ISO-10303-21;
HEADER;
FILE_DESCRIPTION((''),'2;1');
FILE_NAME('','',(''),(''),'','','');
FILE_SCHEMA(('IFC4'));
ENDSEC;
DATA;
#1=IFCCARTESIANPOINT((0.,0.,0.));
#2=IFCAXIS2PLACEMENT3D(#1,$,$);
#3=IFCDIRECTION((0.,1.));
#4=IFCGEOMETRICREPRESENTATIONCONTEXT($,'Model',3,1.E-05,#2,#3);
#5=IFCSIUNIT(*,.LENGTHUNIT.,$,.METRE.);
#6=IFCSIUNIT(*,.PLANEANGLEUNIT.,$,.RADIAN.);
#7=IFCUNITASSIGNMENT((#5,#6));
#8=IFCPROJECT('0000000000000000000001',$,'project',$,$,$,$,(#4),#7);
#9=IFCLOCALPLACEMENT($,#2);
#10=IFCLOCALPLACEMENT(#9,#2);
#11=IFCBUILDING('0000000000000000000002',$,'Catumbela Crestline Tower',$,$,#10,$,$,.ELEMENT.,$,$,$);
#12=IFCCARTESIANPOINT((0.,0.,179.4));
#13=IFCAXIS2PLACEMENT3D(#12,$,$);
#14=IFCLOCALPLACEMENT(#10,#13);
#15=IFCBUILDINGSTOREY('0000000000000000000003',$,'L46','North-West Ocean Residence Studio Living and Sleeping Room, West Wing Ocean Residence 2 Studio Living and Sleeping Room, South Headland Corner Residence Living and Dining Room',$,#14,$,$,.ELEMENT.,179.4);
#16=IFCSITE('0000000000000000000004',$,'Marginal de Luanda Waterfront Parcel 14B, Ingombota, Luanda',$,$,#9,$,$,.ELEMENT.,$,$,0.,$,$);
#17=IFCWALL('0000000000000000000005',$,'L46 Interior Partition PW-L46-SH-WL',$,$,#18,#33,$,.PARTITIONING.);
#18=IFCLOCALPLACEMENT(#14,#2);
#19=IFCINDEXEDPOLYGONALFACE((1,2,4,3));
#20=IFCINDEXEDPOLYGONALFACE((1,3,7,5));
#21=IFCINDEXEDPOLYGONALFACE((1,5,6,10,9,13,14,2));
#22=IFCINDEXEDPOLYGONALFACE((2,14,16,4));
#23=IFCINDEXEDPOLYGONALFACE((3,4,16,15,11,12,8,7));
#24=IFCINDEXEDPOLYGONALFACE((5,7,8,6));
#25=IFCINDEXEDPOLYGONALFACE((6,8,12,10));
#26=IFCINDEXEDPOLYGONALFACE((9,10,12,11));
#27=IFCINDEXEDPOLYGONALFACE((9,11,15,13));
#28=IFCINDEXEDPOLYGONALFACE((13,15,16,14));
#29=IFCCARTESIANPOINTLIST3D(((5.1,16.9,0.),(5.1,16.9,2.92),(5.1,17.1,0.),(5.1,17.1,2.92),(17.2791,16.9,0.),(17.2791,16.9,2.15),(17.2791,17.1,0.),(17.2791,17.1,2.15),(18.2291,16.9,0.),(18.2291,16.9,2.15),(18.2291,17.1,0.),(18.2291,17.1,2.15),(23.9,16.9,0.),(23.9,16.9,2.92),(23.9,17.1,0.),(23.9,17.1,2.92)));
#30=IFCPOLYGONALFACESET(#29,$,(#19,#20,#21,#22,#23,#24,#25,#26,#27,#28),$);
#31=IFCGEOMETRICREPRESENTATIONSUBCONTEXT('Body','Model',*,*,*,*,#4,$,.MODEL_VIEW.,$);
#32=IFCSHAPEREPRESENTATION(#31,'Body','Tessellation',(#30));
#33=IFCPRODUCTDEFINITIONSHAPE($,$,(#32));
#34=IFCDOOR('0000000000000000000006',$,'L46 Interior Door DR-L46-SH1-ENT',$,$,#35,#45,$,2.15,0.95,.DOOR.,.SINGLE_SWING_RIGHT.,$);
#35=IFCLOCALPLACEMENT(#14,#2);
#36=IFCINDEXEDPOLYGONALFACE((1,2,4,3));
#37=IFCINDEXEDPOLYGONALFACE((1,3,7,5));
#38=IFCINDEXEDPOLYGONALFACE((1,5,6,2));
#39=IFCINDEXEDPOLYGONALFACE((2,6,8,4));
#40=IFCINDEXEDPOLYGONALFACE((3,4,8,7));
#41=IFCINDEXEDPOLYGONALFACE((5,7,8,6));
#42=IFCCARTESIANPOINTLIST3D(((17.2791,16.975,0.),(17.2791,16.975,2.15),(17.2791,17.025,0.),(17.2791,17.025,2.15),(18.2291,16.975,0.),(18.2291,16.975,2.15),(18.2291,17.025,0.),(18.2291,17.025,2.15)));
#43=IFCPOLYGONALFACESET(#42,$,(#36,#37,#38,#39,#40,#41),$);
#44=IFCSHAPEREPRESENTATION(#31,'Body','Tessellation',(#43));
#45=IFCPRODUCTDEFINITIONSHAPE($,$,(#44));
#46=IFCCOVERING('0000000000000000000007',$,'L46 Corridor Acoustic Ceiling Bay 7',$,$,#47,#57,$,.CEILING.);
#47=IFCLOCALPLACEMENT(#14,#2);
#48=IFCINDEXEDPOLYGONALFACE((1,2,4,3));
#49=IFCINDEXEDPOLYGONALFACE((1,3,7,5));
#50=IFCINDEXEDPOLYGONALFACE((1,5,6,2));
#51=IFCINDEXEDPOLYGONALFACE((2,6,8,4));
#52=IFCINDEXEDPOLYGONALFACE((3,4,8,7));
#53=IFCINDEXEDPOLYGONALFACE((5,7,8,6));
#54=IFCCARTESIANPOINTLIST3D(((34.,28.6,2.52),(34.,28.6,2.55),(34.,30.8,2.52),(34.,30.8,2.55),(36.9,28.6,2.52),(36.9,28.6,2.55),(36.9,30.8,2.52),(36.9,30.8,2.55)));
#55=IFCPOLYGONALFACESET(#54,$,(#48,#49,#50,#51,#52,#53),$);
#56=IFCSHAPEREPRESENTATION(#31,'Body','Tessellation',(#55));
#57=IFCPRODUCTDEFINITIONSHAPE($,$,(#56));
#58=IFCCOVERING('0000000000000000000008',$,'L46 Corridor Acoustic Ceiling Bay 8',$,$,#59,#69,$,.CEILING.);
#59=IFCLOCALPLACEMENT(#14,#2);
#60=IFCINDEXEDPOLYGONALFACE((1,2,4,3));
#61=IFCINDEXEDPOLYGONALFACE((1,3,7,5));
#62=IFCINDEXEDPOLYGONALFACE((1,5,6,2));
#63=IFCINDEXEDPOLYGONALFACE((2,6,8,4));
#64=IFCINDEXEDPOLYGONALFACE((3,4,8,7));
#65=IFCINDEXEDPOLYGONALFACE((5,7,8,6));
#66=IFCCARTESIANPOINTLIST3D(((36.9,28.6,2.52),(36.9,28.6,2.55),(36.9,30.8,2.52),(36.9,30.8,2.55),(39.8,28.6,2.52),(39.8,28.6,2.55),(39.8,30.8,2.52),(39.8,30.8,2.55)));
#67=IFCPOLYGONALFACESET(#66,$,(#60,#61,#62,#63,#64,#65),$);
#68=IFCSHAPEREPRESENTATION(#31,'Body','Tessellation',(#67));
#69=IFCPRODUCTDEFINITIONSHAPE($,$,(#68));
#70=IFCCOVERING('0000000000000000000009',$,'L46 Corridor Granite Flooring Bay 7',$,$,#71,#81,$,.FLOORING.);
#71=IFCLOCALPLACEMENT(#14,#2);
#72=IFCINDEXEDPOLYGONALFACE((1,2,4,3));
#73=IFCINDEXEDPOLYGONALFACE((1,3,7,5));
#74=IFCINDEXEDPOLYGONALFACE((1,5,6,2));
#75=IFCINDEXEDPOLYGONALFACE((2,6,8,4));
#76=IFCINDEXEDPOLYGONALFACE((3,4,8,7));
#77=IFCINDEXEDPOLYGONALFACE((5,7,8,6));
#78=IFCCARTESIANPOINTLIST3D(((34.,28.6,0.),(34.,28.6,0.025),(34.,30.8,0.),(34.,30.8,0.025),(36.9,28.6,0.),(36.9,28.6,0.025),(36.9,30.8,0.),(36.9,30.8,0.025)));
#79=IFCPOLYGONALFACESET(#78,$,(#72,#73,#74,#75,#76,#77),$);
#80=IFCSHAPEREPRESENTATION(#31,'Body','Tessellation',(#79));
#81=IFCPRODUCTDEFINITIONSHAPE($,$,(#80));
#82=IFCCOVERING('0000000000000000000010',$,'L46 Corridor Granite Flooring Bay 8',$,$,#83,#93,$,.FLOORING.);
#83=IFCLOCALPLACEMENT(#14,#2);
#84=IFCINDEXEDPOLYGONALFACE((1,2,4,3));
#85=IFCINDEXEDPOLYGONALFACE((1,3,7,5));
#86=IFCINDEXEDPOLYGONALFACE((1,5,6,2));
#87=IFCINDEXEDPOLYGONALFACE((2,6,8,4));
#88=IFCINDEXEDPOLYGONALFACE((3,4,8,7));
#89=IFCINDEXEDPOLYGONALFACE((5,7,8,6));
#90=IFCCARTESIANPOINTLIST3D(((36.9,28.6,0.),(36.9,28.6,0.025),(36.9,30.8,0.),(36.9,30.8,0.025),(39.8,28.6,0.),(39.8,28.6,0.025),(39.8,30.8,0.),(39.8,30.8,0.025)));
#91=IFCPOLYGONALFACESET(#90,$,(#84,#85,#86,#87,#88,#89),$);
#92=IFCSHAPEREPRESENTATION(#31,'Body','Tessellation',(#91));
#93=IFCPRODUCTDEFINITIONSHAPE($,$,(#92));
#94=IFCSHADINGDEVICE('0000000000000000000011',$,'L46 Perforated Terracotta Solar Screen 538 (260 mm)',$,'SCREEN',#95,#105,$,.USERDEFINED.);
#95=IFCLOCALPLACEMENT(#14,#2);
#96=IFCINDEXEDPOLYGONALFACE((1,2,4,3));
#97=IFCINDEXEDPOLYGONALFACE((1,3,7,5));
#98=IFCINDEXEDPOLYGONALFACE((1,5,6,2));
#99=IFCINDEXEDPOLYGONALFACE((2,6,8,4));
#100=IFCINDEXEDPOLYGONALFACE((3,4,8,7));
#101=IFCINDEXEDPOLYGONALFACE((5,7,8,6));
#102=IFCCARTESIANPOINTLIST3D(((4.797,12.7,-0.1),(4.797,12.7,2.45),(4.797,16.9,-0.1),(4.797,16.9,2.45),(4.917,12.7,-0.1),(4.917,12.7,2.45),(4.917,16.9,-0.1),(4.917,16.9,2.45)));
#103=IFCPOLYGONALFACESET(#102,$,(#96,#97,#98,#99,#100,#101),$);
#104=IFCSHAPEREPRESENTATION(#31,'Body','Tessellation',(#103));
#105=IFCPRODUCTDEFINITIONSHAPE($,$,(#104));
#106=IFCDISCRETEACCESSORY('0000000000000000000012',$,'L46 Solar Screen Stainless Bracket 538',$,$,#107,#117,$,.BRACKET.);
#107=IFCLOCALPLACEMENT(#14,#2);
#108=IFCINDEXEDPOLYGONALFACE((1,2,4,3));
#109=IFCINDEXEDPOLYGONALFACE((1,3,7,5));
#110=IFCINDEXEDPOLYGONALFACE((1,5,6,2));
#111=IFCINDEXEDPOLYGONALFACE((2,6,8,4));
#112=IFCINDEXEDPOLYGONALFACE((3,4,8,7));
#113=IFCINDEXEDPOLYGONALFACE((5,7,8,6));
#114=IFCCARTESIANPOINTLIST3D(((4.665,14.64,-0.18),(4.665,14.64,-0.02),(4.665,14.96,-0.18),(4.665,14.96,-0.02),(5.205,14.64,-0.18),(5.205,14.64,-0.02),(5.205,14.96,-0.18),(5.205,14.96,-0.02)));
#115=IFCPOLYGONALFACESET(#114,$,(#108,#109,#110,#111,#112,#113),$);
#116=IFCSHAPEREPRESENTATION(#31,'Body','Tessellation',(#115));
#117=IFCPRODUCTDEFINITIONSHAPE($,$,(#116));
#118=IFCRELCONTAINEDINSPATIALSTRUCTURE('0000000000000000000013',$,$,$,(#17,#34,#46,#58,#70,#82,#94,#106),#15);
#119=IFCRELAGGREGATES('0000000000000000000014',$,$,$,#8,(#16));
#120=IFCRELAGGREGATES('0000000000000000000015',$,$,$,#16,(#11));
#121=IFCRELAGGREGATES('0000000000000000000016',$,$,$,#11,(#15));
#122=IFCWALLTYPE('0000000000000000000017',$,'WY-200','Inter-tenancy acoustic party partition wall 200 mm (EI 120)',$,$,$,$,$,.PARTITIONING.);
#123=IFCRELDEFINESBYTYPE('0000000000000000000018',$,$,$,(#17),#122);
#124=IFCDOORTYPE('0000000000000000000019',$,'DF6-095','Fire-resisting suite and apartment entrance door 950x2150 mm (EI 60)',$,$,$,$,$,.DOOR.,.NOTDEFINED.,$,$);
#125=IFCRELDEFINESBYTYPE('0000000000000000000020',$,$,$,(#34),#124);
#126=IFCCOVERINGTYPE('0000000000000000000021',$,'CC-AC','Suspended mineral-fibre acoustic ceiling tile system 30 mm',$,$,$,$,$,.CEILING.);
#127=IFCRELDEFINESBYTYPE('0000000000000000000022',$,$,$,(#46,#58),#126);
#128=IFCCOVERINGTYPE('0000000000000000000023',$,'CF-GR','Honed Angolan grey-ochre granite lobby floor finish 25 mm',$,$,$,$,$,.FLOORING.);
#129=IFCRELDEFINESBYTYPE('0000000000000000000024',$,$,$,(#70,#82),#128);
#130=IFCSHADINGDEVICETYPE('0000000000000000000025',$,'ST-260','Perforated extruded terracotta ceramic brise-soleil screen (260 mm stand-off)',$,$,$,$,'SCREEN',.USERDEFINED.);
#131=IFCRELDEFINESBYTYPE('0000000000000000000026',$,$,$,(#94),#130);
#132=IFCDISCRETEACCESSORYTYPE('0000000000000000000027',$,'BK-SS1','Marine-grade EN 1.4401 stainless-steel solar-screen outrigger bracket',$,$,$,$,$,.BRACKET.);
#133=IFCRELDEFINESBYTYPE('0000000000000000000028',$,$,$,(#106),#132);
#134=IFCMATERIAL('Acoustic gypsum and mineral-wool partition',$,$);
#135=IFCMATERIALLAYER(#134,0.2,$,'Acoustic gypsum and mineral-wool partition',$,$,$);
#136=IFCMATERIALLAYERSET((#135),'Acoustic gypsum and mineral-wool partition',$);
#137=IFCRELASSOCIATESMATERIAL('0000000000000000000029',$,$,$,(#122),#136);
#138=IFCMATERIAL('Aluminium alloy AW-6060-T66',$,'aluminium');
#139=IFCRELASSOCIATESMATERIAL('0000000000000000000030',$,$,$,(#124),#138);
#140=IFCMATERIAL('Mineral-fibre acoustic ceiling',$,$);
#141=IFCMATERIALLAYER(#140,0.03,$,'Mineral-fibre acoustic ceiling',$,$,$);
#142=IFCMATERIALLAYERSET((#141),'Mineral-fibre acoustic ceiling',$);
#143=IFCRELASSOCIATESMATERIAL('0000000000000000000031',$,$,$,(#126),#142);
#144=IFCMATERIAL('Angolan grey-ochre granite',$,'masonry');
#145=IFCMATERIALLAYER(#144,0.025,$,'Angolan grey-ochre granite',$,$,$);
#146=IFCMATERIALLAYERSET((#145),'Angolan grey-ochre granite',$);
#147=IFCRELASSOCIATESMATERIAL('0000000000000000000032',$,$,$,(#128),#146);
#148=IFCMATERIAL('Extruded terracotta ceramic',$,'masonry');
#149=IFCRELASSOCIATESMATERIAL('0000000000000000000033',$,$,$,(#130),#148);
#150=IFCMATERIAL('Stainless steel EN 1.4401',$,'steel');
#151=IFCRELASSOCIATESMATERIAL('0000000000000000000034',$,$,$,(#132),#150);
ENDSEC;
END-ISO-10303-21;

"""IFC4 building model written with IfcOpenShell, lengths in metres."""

from ifc_helpers import new_model, si_unit, direction, frame, frame_2d, origin, origin_2d, place, context, subcontext, project, spatial, polyline, rectangle, outline, extrude, material, layer, layer_set, type_object, element, fill, save


model = new_model("IFC4")

# Units and contexts
model_context = context("Model", 3, precision=1e-05, world=origin(), true_north=direction((0.0, 1.0)))
body_context = subcontext(model_context, "Body", "Model", "MODEL_VIEW")
ifc_project = project(units=[si_unit("LENGTHUNIT", "METRE"), si_unit("PLANEANGLEUNIT", "RADIAN")], contexts=[model_context])

# Site, building, storey
site_placement = place(None, origin())
site = spatial("IfcSite", under=ifc_project, at=site_placement, Name="Marginal de Luanda Waterfront Parcel 14B, Ingombota, Luanda", CompositionType="ELEMENT", RefElevation=0.0)
building_placement = place(site_placement, origin())
building = spatial("IfcBuilding", under=site, at=building_placement, Name="Catumbela Crestline Tower", CompositionType="ELEMENT")
storey_placement = place(building_placement, frame((0.0, 0.0, 179.4)))
storey = spatial("IfcBuildingStorey", under=building, at=storey_placement, Name="L46", Description="North-West Ocean Residence Studio Living and Sleeping Room, West Wing Ocean Residence 2 Studio Living and Sleeping Room, South Headland Corner Residence Living and Dining Room", CompositionType="ELEMENT", Elevation=179.4)

# Shared definitions
ifc_material_1 = material(Name="Aluminium alloy AW-6060-T66", Category="aluminium")

# Shared definitions
ifc_material_2 = material(Name="Angolan grey-ochre granite", Category="masonry")

# Shared definitions
ifc_material_3 = material(Name="Acoustic gypsum and mineral-wool partition")

# Wall, opening, door
ifc_layer_1 = layer(ifc_material_3, 0.2, Name="Acoustic gypsum and mineral-wool partition")
ifc_layer_set_1 = layer_set([ifc_layer_1], Name="Acoustic gypsum and mineral-wool partition")
wall_type_1 = type_object("IfcWallType", Name="WY-200", Description="Inter-tenancy acoustic party partition wall 200 mm (EI 120)", PredefinedType="PARTITIONING", material=ifc_layer_set_1)
wall_1_placement = place(storey_placement, frame((5.1, 17.0, 0.0), z_axis=(0.0, 0.0, 1.0), x_axis=(1.0, 0.0, 0.0)))
wall_1 = element("IfcWall", 1, at=wall_1_placement, inside=storey, type_object=wall_type_1, Name="L46 Interior Partition PW-L46-SH-WL", PredefinedType="PARTITIONING", context=body_context, shape_type="SweptSolid", body=[
    extrude(rectangle(XDim=18.8, YDim=0.2, at=frame_2d((9.4, 0.0))), origin(), (0.0, 0.0, 1.0), 2.92),
])
opening_1_placement = place(wall_1_placement, frame((12.1791, 0.0, 0.0)))
opening_1 = element("IfcOpeningElement", 2, at=opening_1_placement, cuts=wall_1, PredefinedType="OPENING", context=body_context, shape_type="SweptSolid", body=[
    extrude(rectangle(XDim=0.95, YDim=2.15, at=frame_2d((0.475, 1.075))), frame((0.0, 0.11, 0.0), z_axis=(0.0, -1.0, 0.0), x_axis=(1.0, 0.0, 0.0)), (0.0, 0.0, 1.0), 0.22),
])
door_type_1 = type_object("IfcDoorType", Name="DF6-095", Description="Fire-resisting suite and apartment entrance door 950x2150 mm (EI 60)", OperationType="NOTDEFINED", PredefinedType="DOOR", material=ifc_material_1)
door_1_placement = place(opening_1_placement, origin())
door_1 = element("IfcDoor", 3, at=door_1_placement, inside=storey, type_object=door_type_1, Name="L46 Interior Door DR-L46-SH1-ENT", OperationType="SINGLE_SWING_RIGHT", OverallHeight=2.15, OverallWidth=0.95, PredefinedType="DOOR", context=body_context, shape_type="SweptSolid", body=[
    extrude(rectangle(XDim=0.95, YDim=2.15, at=frame_2d((0.475, 1.075))), frame((0.0, 0.025, 0.0), z_axis=(0.0, -1.0, 0.0), x_axis=(1.0, 0.0, 0.0)), (0.0, 0.0, 1.0), 0.05),
])
fill(opening_1, door_1)

# Coverings
ifc_material_4 = material(Name="Mineral-fibre acoustic ceiling")
ifc_layer_2 = layer(ifc_material_4, 0.03, Name="Mineral-fibre acoustic ceiling")
ifc_layer_set_2 = layer_set([ifc_layer_2], Name="Mineral-fibre acoustic ceiling")
covering_type_1 = type_object("IfcCoveringType", Name="CC-AC", Description="Suspended mineral-fibre acoustic ceiling tile system 30 mm", PredefinedType="CEILING", material=ifc_layer_set_2)
covering_1_placement = place(storey_placement, frame((0.0, 0.0, 2.52)))
element("IfcCovering", 4, at=covering_1_placement, inside=storey, type_object=covering_type_1, Name="L46 Corridor Acoustic Ceiling Bay 7", PredefinedType="CEILING", context=body_context, shape_type="SweptSolid", body=[
    extrude(outline(polyline([(34.0, 28.6), (36.9, 28.6), (36.9, 30.8), (34.0, 30.8), (34.0, 28.6)])), origin(), (0.0, 0.0, 1.0), 0.03),
])
covering_2_placement = place(storey_placement, frame((0.0, 0.0, 2.52)))
element("IfcCovering", 5, at=covering_2_placement, inside=storey, type_object=covering_type_1, Name="L46 Corridor Acoustic Ceiling Bay 8", PredefinedType="CEILING", context=body_context, shape_type="SweptSolid", body=[
    extrude(outline(polyline([(36.9, 28.6), (39.8, 28.6), (39.8, 30.8), (36.9, 30.8), (36.9, 28.6)])), origin(), (0.0, 0.0, 1.0), 0.03),
])
ifc_layer_3 = layer(ifc_material_2, 0.025, Name="Angolan grey-ochre granite")
ifc_layer_set_3 = layer_set([ifc_layer_3], Name="Angolan grey-ochre granite")
covering_type_2 = type_object("IfcCoveringType", Name="CF-GR", Description="Honed Angolan grey-ochre granite lobby floor finish 25 mm", PredefinedType="FLOORING", material=ifc_layer_set_3)
covering_3_placement = place(storey_placement, origin())
element("IfcCovering", 6, at=covering_3_placement, inside=storey, type_object=covering_type_2, Name="L46 Corridor Granite Flooring Bay 7", PredefinedType="FLOORING", context=body_context, shape_type="SweptSolid", body=[
    extrude(outline(polyline([(34.0, 28.6), (36.9, 28.6), (36.9, 30.8), (34.0, 30.8), (34.0, 28.6)])), origin(), (0.0, 0.0, 1.0), 0.025),
])
covering_4_placement = place(storey_placement, origin())
element("IfcCovering", 7, at=covering_4_placement, inside=storey, type_object=covering_type_2, Name="L46 Corridor Granite Flooring Bay 8", PredefinedType="FLOORING", context=body_context, shape_type="SweptSolid", body=[
    extrude(outline(polyline([(36.9, 28.6), (39.8, 28.6), (39.8, 30.8), (36.9, 30.8), (36.9, 28.6)])), origin(), (0.0, 0.0, 1.0), 0.025),
])

# Shading device
ifc_material_5 = material(Name="Extruded terracotta ceramic", Category="masonry")
shading_device_type = type_object("IfcShadingDeviceType", Name="ST-260", Description="Perforated extruded terracotta ceramic brise-soleil screen (260 mm stand-off)", ElementType="SCREEN", PredefinedType="USERDEFINED", material=ifc_material_5)
shading_device_placement = place(storey_placement, frame((4.857, 14.8, -0.1), z_axis=(0.0, 0.0, 1.0), x_axis=(0.0, -1.0, 0.0)))
element("IfcShadingDevice", 8, at=shading_device_placement, inside=storey, type_object=shading_device_type, Name="L46 Perforated Terracotta Solar Screen 538 (260 mm)", ObjectType="SCREEN", PredefinedType="USERDEFINED", context=body_context, shape_type="SweptSolid", body=[
    extrude(rectangle(XDim=4.2, YDim=0.12, at=origin_2d()), origin(), (0.0, 0.0, 1.0), 2.55),
])

# Discrete accessory
ifc_material_6 = material(Name="Stainless steel EN 1.4401", Category="steel")
discrete_accessory_type = type_object("IfcDiscreteAccessoryType", Name="BK-SS1", Description="Marine-grade EN 1.4401 stainless-steel solar-screen outrigger bracket", PredefinedType="BRACKET", material=ifc_material_6)
discrete_accessory_placement = place(storey_placement, frame((4.935, 14.8, -0.18), z_axis=(0.0, 0.0, 1.0), x_axis=(0.0, -1.0, 0.0)))
element("IfcDiscreteAccessory", 9, at=discrete_accessory_placement, inside=storey, type_object=discrete_accessory_type, Name="L46 Solar Screen Stainless Bracket 538", PredefinedType="BRACKET", context=body_context, shape_type="SweptSolid", body=[
    extrude(rectangle(XDim=0.32, YDim=0.54, at=origin_2d()), origin(), (0.0, 0.0, 1.0), 0.16),
])

save(model, "model.ifc")
